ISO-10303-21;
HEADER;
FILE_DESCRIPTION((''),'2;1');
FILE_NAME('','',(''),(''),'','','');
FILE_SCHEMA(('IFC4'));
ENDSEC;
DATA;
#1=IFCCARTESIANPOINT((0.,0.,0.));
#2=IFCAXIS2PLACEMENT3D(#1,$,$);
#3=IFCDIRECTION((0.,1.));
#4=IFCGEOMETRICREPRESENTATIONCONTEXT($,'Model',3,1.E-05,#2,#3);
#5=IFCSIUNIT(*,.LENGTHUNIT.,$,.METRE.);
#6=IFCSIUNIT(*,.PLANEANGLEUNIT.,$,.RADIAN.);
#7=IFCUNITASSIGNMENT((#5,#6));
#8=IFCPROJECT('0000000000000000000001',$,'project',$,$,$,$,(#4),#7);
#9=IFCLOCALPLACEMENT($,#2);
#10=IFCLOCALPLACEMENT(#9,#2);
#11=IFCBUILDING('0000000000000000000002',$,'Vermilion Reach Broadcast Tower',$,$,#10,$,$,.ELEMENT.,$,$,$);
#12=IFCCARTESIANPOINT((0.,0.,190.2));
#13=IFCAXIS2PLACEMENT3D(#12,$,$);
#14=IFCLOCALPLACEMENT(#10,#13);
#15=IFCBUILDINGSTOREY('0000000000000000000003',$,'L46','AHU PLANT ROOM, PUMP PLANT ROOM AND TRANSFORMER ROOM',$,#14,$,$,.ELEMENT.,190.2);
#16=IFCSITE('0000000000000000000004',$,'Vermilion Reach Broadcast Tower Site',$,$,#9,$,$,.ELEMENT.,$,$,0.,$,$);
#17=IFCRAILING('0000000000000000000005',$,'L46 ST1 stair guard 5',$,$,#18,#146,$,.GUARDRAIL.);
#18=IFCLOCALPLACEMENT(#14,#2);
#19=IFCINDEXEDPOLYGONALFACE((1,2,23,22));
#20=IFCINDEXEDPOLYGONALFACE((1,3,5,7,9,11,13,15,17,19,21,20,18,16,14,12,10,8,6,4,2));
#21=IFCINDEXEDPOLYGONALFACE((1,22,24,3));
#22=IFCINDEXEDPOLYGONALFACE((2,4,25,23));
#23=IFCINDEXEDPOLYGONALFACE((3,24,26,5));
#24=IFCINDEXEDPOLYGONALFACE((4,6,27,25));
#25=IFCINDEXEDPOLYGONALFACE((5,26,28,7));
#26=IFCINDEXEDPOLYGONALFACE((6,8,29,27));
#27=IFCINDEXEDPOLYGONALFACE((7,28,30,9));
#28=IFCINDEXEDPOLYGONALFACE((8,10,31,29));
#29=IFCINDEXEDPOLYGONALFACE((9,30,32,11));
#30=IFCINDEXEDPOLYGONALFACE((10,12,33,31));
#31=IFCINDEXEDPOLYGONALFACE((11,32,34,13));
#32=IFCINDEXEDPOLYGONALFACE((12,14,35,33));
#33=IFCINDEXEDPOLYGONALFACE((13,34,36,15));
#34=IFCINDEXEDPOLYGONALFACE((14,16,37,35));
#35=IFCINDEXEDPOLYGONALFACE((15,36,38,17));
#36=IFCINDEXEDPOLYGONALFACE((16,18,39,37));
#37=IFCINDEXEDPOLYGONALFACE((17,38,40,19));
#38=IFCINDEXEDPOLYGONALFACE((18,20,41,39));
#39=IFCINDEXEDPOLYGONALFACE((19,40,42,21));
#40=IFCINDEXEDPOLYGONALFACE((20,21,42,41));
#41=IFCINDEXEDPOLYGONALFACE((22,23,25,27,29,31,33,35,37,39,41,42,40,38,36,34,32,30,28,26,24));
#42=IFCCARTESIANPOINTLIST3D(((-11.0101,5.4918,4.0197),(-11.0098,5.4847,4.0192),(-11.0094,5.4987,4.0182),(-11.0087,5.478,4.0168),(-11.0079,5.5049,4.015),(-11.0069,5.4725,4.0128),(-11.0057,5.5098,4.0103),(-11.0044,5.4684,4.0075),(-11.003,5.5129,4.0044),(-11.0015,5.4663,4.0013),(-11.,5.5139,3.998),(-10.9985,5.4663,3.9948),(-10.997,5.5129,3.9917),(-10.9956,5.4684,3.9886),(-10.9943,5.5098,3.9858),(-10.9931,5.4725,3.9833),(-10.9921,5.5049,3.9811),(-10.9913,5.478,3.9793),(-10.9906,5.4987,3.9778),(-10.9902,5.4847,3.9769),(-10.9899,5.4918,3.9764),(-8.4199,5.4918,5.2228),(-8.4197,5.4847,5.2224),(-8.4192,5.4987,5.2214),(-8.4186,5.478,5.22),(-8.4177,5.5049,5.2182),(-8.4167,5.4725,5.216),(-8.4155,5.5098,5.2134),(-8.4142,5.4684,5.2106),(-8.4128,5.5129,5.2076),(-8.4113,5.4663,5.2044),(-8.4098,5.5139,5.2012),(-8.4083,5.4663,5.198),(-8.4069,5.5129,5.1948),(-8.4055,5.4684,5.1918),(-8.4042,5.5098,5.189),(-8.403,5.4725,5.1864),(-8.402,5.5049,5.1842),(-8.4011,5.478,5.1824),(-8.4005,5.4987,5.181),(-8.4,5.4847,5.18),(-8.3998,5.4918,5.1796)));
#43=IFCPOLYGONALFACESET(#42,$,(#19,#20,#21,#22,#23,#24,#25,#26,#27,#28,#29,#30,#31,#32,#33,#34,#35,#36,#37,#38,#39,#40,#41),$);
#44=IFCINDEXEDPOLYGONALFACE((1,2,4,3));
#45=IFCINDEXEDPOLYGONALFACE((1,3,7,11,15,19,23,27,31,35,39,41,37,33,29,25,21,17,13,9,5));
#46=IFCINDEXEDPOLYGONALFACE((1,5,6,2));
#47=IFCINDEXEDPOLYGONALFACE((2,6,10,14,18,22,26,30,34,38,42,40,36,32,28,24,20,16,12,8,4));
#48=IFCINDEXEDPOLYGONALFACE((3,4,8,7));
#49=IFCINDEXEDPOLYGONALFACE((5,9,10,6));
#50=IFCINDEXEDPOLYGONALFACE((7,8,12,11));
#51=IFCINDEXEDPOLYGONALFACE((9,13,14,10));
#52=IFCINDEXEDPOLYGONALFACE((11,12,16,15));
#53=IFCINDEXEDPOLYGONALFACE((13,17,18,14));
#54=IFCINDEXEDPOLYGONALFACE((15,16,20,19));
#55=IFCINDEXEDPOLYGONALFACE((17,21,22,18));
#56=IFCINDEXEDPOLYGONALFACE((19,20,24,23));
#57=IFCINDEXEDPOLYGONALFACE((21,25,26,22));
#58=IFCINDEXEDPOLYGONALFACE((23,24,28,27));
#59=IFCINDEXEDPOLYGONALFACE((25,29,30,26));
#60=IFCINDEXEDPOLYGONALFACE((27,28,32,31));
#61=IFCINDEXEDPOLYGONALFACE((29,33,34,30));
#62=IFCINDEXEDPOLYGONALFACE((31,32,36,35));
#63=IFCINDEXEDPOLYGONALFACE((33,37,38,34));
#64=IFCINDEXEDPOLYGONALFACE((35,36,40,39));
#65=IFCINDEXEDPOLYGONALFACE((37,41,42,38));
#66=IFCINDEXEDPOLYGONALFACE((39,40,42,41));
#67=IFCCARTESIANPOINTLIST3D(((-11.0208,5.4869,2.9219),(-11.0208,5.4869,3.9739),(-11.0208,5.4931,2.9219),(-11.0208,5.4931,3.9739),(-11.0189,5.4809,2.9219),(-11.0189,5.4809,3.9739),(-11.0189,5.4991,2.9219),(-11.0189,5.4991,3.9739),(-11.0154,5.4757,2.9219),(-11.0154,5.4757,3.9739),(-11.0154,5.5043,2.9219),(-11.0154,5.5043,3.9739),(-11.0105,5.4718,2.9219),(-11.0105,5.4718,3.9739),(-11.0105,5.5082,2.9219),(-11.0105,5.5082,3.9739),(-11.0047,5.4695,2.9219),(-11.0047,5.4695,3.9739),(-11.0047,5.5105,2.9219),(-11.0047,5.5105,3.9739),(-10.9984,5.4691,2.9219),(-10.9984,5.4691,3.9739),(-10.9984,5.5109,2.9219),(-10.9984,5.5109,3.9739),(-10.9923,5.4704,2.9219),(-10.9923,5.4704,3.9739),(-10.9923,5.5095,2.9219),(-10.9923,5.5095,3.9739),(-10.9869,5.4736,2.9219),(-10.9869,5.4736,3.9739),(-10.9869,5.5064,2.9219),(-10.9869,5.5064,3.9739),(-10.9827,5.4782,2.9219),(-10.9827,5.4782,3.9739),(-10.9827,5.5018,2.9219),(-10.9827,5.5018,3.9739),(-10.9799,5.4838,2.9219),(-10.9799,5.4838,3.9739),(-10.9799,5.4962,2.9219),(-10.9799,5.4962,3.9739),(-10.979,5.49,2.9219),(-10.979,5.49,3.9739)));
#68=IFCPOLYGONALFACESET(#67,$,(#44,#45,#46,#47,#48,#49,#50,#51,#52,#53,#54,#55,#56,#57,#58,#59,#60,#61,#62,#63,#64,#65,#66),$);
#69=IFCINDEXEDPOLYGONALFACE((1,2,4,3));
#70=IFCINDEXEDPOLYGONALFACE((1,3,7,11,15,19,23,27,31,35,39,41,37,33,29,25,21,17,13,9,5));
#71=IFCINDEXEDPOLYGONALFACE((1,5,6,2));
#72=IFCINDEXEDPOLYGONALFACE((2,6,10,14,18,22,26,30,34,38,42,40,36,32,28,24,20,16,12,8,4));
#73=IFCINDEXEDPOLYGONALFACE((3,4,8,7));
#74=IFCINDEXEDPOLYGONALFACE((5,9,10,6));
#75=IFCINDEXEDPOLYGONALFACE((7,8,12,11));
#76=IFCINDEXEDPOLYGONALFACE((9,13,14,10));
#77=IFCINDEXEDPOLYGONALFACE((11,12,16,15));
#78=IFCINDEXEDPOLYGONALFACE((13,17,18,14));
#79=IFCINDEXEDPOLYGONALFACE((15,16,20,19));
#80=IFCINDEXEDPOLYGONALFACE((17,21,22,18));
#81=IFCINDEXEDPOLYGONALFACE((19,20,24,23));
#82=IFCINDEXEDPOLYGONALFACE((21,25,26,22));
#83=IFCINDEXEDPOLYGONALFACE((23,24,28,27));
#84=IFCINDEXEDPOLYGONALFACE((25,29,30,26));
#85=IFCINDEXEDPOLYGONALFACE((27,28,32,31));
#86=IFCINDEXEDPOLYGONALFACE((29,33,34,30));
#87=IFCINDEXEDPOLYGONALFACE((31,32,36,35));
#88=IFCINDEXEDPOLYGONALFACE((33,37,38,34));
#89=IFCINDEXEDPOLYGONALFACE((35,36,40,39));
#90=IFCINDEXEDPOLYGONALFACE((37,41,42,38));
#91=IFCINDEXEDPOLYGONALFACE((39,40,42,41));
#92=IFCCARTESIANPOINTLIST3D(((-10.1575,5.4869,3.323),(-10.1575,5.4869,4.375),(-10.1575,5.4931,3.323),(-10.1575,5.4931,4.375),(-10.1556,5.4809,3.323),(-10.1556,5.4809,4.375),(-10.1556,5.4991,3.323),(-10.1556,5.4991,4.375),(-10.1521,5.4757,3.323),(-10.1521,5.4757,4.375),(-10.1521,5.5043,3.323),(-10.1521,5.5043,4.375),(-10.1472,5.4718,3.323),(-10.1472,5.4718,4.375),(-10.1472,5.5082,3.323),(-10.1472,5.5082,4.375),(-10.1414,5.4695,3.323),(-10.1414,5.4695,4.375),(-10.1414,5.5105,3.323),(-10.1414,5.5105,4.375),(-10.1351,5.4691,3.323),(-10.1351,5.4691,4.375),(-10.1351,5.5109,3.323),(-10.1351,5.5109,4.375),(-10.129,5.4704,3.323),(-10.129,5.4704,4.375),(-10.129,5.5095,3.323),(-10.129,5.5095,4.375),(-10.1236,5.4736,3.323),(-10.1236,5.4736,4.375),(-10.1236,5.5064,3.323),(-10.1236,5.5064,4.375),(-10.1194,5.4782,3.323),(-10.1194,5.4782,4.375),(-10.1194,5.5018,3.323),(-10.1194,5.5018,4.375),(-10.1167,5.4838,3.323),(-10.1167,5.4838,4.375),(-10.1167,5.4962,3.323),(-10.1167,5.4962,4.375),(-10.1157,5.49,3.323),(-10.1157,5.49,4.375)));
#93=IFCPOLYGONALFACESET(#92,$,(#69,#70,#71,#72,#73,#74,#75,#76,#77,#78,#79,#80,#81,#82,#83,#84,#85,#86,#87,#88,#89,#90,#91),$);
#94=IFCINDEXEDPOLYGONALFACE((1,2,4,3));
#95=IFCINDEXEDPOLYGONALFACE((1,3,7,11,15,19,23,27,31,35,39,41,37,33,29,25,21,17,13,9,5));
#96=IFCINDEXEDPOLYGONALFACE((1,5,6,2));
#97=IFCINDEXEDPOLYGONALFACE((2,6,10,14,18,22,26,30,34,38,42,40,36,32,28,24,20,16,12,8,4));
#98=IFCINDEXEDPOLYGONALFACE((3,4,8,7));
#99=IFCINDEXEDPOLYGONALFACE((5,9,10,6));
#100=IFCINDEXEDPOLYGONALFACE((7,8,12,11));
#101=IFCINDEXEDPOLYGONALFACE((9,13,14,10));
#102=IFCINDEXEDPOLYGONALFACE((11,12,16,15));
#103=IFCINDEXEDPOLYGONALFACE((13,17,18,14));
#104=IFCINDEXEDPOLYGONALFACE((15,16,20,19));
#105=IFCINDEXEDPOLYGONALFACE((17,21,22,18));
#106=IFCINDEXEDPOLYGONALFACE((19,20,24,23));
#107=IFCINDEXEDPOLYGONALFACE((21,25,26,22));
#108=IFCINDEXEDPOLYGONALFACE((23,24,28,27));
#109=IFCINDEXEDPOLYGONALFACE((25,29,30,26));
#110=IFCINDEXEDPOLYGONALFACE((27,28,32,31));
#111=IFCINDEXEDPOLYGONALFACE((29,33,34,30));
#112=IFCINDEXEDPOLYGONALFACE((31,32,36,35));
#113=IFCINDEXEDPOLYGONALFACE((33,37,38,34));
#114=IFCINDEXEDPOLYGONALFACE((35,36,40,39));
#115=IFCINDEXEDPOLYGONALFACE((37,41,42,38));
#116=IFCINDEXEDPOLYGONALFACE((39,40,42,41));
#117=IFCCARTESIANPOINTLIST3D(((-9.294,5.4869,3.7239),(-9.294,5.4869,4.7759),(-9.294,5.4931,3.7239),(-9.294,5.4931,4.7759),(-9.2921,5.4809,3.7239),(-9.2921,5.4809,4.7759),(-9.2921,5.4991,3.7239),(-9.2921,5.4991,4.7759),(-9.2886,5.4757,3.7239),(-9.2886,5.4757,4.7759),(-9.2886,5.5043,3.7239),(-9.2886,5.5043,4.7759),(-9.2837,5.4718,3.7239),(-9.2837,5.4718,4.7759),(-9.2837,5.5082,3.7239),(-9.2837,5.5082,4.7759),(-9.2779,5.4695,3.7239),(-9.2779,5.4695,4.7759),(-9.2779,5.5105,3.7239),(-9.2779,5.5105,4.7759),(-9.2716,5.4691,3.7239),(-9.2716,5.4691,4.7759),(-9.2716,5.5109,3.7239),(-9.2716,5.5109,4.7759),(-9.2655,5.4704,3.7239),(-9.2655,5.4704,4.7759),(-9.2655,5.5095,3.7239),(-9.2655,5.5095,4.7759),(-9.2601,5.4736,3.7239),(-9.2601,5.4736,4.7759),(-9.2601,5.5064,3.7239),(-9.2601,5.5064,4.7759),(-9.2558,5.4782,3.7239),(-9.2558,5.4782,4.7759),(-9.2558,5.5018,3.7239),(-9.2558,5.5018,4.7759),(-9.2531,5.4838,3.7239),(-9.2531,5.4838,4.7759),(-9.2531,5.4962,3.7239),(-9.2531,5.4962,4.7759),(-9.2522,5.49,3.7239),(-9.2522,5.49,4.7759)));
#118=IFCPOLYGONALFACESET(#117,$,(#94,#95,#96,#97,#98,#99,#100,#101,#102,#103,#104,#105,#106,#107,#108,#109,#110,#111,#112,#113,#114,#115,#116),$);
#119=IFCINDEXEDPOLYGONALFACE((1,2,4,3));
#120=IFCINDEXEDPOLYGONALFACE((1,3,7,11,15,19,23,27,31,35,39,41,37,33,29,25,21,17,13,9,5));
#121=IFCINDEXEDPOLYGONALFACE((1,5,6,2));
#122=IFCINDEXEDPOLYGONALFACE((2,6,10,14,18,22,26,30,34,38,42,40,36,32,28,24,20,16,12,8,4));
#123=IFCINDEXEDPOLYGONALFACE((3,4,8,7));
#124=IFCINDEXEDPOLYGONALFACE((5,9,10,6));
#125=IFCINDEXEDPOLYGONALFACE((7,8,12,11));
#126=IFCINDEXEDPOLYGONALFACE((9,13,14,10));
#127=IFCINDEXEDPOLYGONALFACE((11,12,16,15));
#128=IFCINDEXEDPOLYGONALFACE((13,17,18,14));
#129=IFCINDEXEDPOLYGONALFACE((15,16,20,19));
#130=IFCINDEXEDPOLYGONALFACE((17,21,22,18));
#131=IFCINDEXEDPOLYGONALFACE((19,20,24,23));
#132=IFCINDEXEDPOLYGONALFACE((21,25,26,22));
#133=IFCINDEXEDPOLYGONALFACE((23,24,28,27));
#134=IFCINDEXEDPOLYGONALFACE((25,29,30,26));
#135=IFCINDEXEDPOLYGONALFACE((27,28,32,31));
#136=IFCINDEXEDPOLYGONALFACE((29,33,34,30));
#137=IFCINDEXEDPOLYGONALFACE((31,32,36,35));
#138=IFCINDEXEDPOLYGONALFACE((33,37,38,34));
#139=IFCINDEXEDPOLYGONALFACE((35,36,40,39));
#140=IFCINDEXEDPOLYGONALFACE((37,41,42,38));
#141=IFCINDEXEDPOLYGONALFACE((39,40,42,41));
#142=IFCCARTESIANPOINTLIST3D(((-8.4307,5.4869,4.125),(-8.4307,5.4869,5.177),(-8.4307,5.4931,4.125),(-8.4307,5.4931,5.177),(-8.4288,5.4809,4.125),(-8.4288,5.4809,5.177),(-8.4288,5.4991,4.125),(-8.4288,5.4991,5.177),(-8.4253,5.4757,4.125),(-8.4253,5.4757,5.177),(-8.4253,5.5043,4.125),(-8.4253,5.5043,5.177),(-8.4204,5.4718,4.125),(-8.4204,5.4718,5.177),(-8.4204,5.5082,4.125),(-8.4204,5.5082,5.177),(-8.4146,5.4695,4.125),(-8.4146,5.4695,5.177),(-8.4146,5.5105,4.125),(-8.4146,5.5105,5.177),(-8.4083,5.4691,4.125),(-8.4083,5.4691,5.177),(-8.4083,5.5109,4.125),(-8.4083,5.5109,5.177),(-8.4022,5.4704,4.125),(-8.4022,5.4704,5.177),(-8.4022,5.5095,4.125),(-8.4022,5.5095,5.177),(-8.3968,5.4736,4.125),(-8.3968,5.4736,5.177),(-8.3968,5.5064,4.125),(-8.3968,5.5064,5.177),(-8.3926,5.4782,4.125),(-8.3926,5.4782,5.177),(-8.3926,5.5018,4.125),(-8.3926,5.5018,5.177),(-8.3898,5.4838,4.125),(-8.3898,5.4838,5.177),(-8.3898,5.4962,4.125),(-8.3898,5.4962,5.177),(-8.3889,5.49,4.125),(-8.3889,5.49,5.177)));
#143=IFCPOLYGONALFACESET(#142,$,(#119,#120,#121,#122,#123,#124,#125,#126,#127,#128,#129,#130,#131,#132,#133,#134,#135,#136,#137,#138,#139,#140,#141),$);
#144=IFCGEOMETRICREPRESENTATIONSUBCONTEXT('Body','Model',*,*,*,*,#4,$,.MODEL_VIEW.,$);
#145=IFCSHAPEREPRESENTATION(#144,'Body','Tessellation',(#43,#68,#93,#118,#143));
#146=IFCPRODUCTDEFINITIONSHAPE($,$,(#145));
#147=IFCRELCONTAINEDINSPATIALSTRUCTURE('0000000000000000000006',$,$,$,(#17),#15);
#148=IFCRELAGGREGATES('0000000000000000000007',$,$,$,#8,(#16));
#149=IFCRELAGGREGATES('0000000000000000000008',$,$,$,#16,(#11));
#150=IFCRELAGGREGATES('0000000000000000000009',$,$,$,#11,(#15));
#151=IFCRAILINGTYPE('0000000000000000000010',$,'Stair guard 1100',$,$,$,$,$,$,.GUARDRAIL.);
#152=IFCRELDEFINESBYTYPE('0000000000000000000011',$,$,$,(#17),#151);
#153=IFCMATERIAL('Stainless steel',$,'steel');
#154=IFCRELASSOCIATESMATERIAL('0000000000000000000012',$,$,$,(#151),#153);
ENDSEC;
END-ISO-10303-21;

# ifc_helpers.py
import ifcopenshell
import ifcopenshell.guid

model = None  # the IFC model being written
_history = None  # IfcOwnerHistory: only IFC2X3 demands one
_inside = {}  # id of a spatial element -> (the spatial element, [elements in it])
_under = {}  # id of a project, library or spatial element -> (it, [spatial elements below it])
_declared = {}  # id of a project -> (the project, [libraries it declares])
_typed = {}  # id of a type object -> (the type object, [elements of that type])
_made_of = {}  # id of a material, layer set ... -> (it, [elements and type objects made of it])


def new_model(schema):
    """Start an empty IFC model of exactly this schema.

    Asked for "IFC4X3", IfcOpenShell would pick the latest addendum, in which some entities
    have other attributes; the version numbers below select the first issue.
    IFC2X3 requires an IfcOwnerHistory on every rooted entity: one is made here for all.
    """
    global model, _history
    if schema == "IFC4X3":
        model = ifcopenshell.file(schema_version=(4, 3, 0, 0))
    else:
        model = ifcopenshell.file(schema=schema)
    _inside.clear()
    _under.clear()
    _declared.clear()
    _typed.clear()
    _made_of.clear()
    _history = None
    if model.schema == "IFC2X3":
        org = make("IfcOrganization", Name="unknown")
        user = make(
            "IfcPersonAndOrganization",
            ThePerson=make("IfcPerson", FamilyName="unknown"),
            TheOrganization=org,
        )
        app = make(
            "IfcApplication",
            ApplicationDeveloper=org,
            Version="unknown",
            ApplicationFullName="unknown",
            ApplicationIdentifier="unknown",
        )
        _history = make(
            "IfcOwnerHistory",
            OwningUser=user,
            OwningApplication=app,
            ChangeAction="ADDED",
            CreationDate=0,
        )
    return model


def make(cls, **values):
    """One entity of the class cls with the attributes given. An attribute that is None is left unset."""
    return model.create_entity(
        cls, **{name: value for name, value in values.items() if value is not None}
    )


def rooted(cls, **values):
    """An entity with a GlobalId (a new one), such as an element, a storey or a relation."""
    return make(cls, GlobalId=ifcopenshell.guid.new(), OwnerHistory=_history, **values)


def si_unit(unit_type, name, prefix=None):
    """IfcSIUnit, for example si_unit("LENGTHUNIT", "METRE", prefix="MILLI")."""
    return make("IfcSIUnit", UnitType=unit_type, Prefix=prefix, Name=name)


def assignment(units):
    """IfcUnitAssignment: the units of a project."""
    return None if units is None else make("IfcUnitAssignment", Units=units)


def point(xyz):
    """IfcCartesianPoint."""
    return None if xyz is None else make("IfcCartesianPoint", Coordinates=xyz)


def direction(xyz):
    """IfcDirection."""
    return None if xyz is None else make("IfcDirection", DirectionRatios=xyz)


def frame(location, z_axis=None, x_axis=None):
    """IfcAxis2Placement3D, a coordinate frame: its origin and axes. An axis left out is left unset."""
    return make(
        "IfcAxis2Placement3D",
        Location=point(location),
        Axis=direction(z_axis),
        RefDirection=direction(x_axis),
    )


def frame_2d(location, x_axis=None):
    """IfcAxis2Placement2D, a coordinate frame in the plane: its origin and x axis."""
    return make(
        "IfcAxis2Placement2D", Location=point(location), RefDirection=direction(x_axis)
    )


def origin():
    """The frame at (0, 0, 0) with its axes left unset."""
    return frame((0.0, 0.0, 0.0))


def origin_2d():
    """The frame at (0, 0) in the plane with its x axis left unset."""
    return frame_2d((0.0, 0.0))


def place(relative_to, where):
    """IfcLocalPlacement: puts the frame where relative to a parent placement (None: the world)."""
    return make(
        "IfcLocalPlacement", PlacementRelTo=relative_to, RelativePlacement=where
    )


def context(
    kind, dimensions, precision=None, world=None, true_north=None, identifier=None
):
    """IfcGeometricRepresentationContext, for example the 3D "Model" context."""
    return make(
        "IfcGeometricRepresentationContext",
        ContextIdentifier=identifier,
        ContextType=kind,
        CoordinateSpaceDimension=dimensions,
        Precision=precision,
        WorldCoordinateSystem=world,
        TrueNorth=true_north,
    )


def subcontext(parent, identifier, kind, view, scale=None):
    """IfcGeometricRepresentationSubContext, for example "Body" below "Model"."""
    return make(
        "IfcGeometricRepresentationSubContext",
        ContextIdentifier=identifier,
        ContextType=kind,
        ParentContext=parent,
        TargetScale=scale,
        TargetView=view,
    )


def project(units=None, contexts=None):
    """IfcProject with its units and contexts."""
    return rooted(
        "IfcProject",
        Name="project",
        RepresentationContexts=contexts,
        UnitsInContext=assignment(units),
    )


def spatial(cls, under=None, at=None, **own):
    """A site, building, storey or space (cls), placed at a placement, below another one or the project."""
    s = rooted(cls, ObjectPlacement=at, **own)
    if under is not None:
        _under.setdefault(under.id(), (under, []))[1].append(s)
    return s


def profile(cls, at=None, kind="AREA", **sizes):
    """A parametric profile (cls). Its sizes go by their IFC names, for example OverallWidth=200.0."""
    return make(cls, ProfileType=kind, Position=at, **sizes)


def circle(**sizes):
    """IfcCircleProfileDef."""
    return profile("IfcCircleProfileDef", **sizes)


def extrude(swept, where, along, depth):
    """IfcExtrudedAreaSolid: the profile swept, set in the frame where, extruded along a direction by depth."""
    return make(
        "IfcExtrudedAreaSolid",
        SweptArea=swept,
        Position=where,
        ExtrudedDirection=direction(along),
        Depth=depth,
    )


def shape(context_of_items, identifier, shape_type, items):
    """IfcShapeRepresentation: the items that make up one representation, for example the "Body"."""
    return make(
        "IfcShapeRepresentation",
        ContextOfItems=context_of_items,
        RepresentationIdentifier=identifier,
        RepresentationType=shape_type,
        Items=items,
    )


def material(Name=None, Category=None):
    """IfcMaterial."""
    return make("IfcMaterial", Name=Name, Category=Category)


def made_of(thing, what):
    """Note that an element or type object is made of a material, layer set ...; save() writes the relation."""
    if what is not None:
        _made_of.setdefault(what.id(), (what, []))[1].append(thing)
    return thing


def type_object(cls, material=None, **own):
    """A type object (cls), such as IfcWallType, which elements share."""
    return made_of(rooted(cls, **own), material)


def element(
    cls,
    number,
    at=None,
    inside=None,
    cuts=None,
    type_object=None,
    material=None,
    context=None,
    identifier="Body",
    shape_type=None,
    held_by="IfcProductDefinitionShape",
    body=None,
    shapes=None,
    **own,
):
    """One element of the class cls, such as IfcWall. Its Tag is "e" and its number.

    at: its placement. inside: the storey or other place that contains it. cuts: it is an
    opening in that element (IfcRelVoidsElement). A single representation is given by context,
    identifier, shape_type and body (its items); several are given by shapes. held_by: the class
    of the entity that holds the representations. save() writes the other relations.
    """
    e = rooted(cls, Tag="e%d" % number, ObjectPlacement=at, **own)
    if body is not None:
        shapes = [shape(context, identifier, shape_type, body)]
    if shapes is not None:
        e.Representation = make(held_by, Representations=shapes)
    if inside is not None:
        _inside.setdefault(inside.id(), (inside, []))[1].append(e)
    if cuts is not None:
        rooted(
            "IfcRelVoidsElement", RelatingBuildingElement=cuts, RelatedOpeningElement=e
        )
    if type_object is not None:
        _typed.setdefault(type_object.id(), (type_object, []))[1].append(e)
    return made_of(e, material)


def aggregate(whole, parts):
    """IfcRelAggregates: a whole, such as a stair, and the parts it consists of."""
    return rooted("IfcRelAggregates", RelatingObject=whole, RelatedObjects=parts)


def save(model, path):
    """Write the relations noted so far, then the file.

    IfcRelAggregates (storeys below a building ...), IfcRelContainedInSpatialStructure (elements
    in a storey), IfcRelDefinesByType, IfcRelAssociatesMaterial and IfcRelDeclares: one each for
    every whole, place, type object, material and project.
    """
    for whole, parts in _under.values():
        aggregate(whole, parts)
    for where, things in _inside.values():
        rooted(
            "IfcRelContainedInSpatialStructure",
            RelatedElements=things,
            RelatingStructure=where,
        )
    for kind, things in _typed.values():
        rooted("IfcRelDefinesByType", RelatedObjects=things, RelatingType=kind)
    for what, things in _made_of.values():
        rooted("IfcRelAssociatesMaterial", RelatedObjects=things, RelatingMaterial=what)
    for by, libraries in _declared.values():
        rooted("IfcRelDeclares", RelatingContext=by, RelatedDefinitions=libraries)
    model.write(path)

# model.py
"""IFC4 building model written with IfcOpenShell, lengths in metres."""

from ifc_helpers import new_model, si_unit, direction, frame, origin, origin_2d, place, context, subcontext, project, spatial, circle, extrude, material, type_object, element, save


model = new_model("IFC4")

# Units and contexts
model_context = context("Model", 3, precision=1e-05, world=origin(), true_north=direction((0.0, 1.0)))
body_context = subcontext(model_context, "Body", "Model", "MODEL_VIEW")
ifc_project = project(units=[si_unit("LENGTHUNIT", "METRE"), si_unit("PLANEANGLEUNIT", "RADIAN")], contexts=[model_context])

# Site, building, storey
site_placement = place(None, origin())
site = spatial("IfcSite", under=ifc_project, at=site_placement, Name="Vermilion Reach Broadcast Tower Site", CompositionType="ELEMENT", RefElevation=0.0)
building_placement = place(site_placement, origin())
building = spatial("IfcBuilding", under=site, at=building_placement, Name="Vermilion Reach Broadcast Tower", CompositionType="ELEMENT")
storey_placement = place(building_placement, frame((0.0, 0.0, 190.2)))
storey = spatial("IfcBuildingStorey", under=building, at=storey_placement, Name="L46", Description="AHU PLANT ROOM, PUMP PLANT ROOM AND TRANSFORMER ROOM", CompositionType="ELEMENT", Elevation=190.2)

# Railing
ifc_material_1 = material(Name="Stainless steel", Category="steel")
railing_type_1 = type_object("IfcRailingType", Name="Stair guard 1100", PredefinedType="GUARDRAIL", material=ifc_material_1)
railing_1_placement = place(storey_placement, frame((-11.0, 5.49, 2.9219)))
element("IfcRailing", 1, at=railing_1_placement, inside=storey, type_object=railing_type_1, Name="L46 ST1 stair guard 5", PredefinedType="GUARDRAIL", context=body_context, shape_type="SweptSolid", body=[
    extrude(circle(Radius=0.0239, at=origin_2d()), frame((0.0, 0.0, 1.0762), z_axis=(0.906931, 0.0, 0.42128), x_axis=(0.0, 1.0, 0.0)), (0.0, 0.0, 1.0), 2.856),
    extrude(circle(Radius=0.021, at=origin_2d()), origin(), (0.0, 0.0, 1.0), 1.052),
    extrude(circle(Radius=0.021, at=origin_2d()), frame((0.8633, 0.0, 0.4011)), (0.0, 0.0, 1.0), 1.052),
    extrude(circle(Radius=0.021, at=origin_2d()), frame((1.7268, 0.0, 0.802)), (0.0, 0.0, 1.0), 1.052),
    extrude(circle(Radius=0.021, at=origin_2d()), frame((2.5901, 0.0, 1.2031)), (0.0, 0.0, 1.0), 1.052),
])

save(model, "model.ifc")
